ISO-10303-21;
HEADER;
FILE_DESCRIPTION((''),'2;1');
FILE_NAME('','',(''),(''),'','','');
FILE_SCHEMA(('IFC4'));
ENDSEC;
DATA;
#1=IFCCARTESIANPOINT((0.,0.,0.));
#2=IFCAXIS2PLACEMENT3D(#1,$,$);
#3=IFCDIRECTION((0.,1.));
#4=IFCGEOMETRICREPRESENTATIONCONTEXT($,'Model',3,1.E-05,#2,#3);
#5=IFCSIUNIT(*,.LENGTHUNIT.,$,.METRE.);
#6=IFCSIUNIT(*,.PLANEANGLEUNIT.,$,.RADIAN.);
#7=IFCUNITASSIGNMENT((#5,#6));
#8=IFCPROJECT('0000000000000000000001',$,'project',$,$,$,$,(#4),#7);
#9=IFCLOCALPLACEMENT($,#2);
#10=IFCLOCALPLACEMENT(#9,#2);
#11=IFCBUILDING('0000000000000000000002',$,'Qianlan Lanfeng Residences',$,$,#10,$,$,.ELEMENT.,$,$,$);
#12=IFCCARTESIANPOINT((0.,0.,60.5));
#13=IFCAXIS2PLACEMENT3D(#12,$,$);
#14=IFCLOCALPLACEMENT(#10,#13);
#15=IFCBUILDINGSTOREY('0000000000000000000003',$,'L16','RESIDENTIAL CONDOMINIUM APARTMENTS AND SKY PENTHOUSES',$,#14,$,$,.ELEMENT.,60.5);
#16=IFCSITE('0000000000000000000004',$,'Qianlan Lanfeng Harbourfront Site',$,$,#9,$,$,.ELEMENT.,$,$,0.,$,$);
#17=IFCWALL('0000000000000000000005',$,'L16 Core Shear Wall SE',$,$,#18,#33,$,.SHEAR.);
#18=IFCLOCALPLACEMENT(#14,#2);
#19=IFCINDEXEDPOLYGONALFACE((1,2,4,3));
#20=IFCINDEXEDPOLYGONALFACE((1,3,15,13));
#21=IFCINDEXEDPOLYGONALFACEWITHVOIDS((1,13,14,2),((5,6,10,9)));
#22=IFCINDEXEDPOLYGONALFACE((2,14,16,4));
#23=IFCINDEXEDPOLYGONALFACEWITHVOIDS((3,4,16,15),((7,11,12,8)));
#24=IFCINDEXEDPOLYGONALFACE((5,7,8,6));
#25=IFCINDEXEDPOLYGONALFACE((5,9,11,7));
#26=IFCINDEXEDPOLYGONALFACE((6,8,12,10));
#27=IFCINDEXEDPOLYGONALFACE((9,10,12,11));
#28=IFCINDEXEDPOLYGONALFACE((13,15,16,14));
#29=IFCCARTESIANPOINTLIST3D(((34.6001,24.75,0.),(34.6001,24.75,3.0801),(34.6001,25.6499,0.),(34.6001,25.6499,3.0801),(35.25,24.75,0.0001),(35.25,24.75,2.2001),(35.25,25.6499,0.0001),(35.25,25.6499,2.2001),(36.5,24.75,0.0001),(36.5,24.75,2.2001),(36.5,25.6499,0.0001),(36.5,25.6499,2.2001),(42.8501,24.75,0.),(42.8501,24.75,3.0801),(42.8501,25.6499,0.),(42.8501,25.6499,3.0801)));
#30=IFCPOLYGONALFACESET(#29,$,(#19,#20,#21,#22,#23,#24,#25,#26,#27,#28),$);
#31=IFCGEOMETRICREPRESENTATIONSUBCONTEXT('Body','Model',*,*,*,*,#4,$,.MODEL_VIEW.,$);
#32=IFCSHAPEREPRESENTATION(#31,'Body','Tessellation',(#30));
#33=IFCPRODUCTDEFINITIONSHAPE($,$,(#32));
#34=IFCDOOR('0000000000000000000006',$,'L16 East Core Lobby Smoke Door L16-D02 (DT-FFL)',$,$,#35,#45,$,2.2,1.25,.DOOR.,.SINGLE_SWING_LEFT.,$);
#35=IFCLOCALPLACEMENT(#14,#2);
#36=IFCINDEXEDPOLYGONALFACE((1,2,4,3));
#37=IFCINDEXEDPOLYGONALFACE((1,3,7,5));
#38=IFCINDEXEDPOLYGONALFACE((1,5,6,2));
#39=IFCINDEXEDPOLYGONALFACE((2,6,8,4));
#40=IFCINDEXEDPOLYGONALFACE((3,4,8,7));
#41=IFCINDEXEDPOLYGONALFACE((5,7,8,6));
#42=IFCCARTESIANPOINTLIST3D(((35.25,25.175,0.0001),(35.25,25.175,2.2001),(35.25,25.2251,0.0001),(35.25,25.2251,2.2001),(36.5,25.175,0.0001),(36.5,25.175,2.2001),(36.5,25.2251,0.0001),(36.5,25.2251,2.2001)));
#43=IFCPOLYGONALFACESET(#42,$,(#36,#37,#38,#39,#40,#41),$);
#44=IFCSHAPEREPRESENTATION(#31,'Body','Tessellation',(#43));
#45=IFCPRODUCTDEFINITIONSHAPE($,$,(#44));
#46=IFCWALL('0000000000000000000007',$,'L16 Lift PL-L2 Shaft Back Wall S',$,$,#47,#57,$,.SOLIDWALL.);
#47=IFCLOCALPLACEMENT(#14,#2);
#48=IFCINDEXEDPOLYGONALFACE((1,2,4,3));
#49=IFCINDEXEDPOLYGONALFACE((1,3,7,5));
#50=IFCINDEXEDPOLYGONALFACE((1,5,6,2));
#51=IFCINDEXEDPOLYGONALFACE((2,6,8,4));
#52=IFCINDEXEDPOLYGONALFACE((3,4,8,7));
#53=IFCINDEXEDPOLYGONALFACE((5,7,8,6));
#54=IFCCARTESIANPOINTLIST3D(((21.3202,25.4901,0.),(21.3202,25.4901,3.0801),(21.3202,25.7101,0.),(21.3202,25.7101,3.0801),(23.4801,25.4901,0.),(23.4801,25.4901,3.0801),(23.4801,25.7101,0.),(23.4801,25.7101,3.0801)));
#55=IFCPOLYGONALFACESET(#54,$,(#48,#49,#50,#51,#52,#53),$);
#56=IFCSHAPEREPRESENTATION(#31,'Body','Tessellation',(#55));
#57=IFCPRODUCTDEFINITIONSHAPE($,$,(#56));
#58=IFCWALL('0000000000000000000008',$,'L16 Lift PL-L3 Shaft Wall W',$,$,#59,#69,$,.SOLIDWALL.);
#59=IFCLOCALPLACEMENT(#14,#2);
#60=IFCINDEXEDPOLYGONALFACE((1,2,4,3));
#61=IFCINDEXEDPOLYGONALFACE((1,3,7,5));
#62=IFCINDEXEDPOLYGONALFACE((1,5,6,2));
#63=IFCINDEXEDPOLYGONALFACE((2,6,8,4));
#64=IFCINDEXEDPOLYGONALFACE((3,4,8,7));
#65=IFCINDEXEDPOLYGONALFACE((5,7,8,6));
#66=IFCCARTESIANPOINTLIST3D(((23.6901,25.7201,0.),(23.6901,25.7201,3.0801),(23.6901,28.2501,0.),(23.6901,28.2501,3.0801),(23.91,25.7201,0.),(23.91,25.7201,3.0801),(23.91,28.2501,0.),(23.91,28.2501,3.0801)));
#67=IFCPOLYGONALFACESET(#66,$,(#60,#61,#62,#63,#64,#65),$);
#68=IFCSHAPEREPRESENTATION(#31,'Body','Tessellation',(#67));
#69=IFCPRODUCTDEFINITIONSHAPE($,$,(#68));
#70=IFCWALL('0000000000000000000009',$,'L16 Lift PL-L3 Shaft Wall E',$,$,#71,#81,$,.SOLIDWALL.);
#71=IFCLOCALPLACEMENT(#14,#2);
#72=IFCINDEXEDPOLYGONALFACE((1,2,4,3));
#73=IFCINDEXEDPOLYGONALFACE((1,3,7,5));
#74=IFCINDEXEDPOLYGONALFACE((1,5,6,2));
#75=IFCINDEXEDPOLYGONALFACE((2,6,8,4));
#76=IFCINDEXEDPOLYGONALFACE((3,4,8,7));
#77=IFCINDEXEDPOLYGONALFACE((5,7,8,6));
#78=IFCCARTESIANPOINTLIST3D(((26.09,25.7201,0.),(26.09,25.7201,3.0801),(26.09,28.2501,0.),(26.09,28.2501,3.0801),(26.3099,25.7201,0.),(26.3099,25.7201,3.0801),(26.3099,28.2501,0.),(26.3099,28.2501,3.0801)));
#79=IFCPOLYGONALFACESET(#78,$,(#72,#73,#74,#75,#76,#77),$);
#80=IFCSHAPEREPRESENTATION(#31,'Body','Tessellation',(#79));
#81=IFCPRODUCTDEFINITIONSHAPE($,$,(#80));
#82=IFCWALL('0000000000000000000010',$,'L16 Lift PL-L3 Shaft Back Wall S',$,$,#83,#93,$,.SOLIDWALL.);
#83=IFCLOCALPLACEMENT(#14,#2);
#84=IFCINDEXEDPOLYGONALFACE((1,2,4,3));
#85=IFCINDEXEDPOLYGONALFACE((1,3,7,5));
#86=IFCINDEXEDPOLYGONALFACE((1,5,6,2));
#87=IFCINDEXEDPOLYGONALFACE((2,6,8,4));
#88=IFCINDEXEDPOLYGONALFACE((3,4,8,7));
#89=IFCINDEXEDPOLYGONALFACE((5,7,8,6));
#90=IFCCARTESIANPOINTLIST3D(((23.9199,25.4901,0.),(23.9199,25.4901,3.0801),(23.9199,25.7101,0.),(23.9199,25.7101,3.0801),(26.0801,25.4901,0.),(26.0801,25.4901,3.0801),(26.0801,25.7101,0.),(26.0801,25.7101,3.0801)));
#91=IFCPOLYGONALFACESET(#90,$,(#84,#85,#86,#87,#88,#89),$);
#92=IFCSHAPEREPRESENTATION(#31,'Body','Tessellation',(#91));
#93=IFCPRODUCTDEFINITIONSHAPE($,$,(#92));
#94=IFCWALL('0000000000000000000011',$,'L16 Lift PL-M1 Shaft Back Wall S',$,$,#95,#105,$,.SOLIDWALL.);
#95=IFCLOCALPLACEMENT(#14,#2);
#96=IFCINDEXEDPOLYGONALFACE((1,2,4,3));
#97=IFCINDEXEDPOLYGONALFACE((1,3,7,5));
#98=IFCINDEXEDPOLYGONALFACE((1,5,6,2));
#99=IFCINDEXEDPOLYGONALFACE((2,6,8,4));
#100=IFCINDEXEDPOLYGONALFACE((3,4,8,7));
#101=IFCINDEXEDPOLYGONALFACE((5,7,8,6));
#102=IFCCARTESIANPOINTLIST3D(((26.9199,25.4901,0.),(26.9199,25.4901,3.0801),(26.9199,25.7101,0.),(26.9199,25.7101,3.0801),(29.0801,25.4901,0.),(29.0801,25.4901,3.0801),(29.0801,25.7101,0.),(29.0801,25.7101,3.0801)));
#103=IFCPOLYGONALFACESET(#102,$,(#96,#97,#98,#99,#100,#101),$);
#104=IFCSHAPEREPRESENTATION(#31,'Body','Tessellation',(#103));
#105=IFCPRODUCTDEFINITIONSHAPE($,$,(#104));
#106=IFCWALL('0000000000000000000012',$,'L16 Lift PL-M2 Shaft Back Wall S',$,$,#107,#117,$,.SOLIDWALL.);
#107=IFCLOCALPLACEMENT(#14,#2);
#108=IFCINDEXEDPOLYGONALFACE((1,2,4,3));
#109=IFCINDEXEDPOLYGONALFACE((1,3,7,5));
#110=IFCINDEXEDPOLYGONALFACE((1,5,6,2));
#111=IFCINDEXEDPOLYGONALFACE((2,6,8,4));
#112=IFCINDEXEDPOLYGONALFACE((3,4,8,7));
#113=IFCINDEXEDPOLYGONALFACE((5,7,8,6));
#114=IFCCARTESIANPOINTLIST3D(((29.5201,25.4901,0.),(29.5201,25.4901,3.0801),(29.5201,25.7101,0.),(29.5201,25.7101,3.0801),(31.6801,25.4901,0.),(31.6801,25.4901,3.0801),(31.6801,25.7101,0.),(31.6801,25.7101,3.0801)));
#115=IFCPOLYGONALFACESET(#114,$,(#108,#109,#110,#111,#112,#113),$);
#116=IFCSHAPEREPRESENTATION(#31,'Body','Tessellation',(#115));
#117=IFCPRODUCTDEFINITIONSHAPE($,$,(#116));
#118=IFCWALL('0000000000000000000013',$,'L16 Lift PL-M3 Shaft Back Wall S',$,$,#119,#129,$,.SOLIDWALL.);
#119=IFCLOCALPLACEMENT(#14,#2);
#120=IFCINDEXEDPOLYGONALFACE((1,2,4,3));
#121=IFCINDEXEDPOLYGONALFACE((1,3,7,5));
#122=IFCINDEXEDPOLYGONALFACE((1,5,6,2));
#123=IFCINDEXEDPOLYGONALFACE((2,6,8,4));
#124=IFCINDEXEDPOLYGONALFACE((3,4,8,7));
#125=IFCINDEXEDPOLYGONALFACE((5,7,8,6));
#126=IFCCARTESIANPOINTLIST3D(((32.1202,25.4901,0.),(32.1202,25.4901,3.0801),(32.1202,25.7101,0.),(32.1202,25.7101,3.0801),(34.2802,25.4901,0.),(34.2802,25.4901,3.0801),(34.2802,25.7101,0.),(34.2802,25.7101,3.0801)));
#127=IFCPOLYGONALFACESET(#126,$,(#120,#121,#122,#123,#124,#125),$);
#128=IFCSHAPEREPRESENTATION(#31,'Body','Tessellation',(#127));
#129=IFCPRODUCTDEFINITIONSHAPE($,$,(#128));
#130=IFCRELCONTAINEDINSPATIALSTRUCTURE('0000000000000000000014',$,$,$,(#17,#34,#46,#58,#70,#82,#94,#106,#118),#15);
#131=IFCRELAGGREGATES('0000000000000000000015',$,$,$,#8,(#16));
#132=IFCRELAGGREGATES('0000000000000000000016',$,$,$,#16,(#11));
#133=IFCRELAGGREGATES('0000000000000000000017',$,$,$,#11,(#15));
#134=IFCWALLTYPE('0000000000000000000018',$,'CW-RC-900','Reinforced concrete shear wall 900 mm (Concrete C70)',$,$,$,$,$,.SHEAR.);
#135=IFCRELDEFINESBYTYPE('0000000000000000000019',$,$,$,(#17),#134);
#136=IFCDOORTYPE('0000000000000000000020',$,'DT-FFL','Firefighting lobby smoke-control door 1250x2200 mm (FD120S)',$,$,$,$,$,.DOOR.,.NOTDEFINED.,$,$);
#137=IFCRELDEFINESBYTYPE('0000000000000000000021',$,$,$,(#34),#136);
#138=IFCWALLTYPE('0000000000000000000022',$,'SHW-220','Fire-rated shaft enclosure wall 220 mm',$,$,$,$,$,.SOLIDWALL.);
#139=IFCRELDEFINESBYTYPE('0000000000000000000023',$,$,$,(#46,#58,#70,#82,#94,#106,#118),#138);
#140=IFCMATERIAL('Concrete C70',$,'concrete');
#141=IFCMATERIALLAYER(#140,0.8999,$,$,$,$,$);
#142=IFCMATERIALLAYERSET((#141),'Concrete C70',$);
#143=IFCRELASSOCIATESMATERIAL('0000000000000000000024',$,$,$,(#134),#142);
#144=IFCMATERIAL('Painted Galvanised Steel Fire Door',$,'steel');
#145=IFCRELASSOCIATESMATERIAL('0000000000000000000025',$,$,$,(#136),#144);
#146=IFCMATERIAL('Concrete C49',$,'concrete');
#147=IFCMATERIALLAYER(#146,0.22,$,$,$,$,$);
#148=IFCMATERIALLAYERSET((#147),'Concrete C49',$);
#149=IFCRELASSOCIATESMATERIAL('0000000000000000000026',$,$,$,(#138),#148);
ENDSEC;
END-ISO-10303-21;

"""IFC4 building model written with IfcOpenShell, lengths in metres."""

from ifc_helpers import new_model, si_unit, direction, frame, frame_2d, origin, place, context, subcontext, project, spatial, rectangle, extrude, material, layer, layer_set, type_object, element, fill, save


model = new_model("IFC4")

# Units and contexts
model_context = context("Model", 3, precision=1e-05, world=origin(), true_north=direction((0.0, 1.0)))
body_context = subcontext(model_context, "Body", "Model", "MODEL_VIEW")
ifc_project = project(units=[si_unit("LENGTHUNIT", "METRE"), si_unit("PLANEANGLEUNIT", "RADIAN")], contexts=[model_context])

# Site, building, storey
site_placement = place(None, origin())
site = spatial("IfcSite", under=ifc_project, at=site_placement, Name="Qianlan Lanfeng Harbourfront Site", CompositionType="ELEMENT", RefElevation=0.0)
building_placement = place(site_placement, origin())
building = spatial("IfcBuilding", under=site, at=building_placement, Name="Qianlan Lanfeng Residences", CompositionType="ELEMENT")
storey_placement = place(building_placement, frame((0.0, 0.0, 60.5)))
storey = spatial("IfcBuildingStorey", under=building, at=storey_placement, Name="L16", Description="RESIDENTIAL CONDOMINIUM APARTMENTS AND SKY PENTHOUSES", CompositionType="ELEMENT", Elevation=60.5)

# Wall, opening, door
ifc_material_1 = material(Name="Concrete C70", Category="concrete")
ifc_layer_1 = layer(ifc_material_1, 0.8999)
ifc_layer_set_1 = layer_set([ifc_layer_1], Name="Concrete C70")
wall_type_1 = type_object("IfcWallType", Name="CW-RC-900", Description="Reinforced concrete shear wall 900 mm (Concrete C70)", PredefinedType="SHEAR", material=ifc_layer_set_1)
wall_1_placement = place(storey_placement, frame((34.6001, 25.2, 0.0), z_axis=(0.0, 0.0, 1.0), x_axis=(1.0, 0.0, 0.0)))
wall_1 = element("IfcWall", 1, at=wall_1_placement, inside=storey, type_object=wall_type_1, Name="L16 Core Shear Wall SE", PredefinedType="SHEAR", context=body_context, shape_type="SweptSolid", body=[
    extrude(rectangle(XDim=8.25, YDim=0.8999, at=frame_2d((4.125, 0.0))), origin(), (0.0, 0.0, 1.0), 3.0801),
])
opening_1_placement = place(wall_1_placement, frame((0.6499, 0.0, 0.0)))
opening_1 = element("IfcOpeningElement", 2, at=opening_1_placement, cuts=wall_1, PredefinedType="OPENING", context=body_context, shape_type="SweptSolid", body=[
    extrude(rectangle(XDim=1.25, YDim=2.2, at=frame_2d((0.625, 1.1001))), frame((0.0, 0.46, 0.0), z_axis=(0.0, -1.0, 0.0), x_axis=(1.0, 0.0, 0.0)), (0.0, 0.0, 1.0), 0.9199),
])
ifc_material_2 = material(Name="Painted Galvanised Steel Fire Door", Category="steel")
door_type_1 = type_object("IfcDoorType", Name="DT-FFL", Description="Firefighting lobby smoke-control door 1250x2200 mm (FD120S)", OperationType="NOTDEFINED", PredefinedType="DOOR", material=ifc_material_2)
door_1_placement = place(opening_1_placement, frame((1.25, 0.0, 0.0), z_axis=(0.0, 0.0, 1.0), x_axis=(-1.0, 0.0, 0.0)))
door_1 = element("IfcDoor", 3, at=door_1_placement, inside=storey, type_object=door_type_1, Name="L16 East Core Lobby Smoke Door L16-D02 (DT-FFL)", OperationType="SINGLE_SWING_LEFT", OverallHeight=2.2, OverallWidth=1.25, PredefinedType="DOOR", context=body_context, shape_type="SweptSolid", body=[
    extrude(rectangle(XDim=1.25, YDim=2.2, at=frame_2d((0.625, 1.1001))), frame((0.0, 0.0249, 0.0), z_axis=(0.0, -1.0, 0.0), x_axis=(1.0, 0.0, 0.0)), (0.0, 0.0, 1.0), 0.05),
])
fill(opening_1, door_1)

# Walls
ifc_material_3 = material(Name="Concrete C49", Category="concrete")
ifc_layer_2 = layer(ifc_material_3, 0.22)
ifc_layer_set_2 = layer_set([ifc_layer_2], Name="Concrete C49")
wall_type_2 = type_object("IfcWallType", Name="SHW-220", Description="Fire-rated shaft enclosure wall 220 mm", PredefinedType="SOLIDWALL", material=ifc_layer_set_2)
wall_2_placement = place(storey_placement, frame((21.3201, 25.6001, 0.0), z_axis=(0.0, 0.0, 1.0), x_axis=(1.0, 0.0, 0.0)))
element("IfcWall", 4, at=wall_2_placement, inside=storey, type_object=wall_type_2, Name="L16 Lift PL-L2 Shaft Back Wall S", PredefinedType="SOLIDWALL", context=body_context, shape_type="SweptSolid", body=[
    extrude(rectangle(XDim=2.1599, YDim=0.22, at=frame_2d((1.0801, 0.0))), origin(), (0.0, 0.0, 1.0), 3.0801),
])
for number, where, z_axis, x_axis, name in (
    (5, (23.8, 25.72, 0.0), (0.0, 0.0, 1.0), (0.0, 1.0, 0.0), "L16 Lift PL-L3 Shaft Wall W"),
    (6, (26.2, 25.72, 0.0), (0.0, 0.0, 1.0), (0.0, 1.0, 0.0), "L16 Lift PL-L3 Shaft Wall E"),
):
    element("IfcWall", number, at=place(storey_placement, frame(where, z_axis=z_axis, x_axis=x_axis)), inside=storey, type_object=wall_type_2, Name=name, PredefinedType="SOLIDWALL", context=body_context, shape_type="SweptSolid", body=[
        extrude(rectangle(XDim=2.53, YDim=0.22, at=frame_2d((1.2651, 0.0))), origin(), (0.0, 0.0, 1.0), 3.0801),
    ])
for number, where, z_axis, x_axis, name in (
    (7, (23.9199, 25.6001, 0.0), (0.0, 0.0, 1.0), (1.0, 0.0, 0.0), "L16 Lift PL-L3 Shaft Back Wall S"),
    (8, (26.9199, 25.6001, 0.0), (0.0, 0.0, 1.0), (1.0, 0.0, 0.0), "L16 Lift PL-M1 Shaft Back Wall S"),
):
    element("IfcWall", number, at=place(storey_placement, frame(where, z_axis=z_axis, x_axis=x_axis)), inside=storey, type_object=wall_type_2, Name=name, PredefinedType="SOLIDWALL", context=body_context, shape_type="SweptSolid", body=[
        extrude(rectangle(XDim=2.1602, YDim=0.22, at=frame_2d((1.0801, 0.0))), origin(), (0.0, 0.0, 1.0), 3.0801),
    ])
for number, where, z_axis, x_axis, name in (
    (9, (29.52, 25.6001, 0.0), (0.0, 0.0, 1.0), (1.0, 0.0, 0.0), "L16 Lift PL-M2 Shaft Back Wall S"),
    (10, (32.1201, 25.6001, 0.0), (0.0, 0.0, 1.0), (1.0, 0.0, 0.0), "L16 Lift PL-M3 Shaft Back Wall S"),
):
    element("IfcWall", number, at=place(storey_placement, frame(where, z_axis=z_axis, x_axis=x_axis)), inside=storey, type_object=wall_type_2, Name=name, PredefinedType="SOLIDWALL", context=body_context, shape_type="SweptSolid", body=[
        extrude(rectangle(XDim=2.1599, YDim=0.22, at=frame_2d((1.0801, 0.0))), origin(), (0.0, 0.0, 1.0), 3.0801),
    ])

save(model, "model.ifc")
